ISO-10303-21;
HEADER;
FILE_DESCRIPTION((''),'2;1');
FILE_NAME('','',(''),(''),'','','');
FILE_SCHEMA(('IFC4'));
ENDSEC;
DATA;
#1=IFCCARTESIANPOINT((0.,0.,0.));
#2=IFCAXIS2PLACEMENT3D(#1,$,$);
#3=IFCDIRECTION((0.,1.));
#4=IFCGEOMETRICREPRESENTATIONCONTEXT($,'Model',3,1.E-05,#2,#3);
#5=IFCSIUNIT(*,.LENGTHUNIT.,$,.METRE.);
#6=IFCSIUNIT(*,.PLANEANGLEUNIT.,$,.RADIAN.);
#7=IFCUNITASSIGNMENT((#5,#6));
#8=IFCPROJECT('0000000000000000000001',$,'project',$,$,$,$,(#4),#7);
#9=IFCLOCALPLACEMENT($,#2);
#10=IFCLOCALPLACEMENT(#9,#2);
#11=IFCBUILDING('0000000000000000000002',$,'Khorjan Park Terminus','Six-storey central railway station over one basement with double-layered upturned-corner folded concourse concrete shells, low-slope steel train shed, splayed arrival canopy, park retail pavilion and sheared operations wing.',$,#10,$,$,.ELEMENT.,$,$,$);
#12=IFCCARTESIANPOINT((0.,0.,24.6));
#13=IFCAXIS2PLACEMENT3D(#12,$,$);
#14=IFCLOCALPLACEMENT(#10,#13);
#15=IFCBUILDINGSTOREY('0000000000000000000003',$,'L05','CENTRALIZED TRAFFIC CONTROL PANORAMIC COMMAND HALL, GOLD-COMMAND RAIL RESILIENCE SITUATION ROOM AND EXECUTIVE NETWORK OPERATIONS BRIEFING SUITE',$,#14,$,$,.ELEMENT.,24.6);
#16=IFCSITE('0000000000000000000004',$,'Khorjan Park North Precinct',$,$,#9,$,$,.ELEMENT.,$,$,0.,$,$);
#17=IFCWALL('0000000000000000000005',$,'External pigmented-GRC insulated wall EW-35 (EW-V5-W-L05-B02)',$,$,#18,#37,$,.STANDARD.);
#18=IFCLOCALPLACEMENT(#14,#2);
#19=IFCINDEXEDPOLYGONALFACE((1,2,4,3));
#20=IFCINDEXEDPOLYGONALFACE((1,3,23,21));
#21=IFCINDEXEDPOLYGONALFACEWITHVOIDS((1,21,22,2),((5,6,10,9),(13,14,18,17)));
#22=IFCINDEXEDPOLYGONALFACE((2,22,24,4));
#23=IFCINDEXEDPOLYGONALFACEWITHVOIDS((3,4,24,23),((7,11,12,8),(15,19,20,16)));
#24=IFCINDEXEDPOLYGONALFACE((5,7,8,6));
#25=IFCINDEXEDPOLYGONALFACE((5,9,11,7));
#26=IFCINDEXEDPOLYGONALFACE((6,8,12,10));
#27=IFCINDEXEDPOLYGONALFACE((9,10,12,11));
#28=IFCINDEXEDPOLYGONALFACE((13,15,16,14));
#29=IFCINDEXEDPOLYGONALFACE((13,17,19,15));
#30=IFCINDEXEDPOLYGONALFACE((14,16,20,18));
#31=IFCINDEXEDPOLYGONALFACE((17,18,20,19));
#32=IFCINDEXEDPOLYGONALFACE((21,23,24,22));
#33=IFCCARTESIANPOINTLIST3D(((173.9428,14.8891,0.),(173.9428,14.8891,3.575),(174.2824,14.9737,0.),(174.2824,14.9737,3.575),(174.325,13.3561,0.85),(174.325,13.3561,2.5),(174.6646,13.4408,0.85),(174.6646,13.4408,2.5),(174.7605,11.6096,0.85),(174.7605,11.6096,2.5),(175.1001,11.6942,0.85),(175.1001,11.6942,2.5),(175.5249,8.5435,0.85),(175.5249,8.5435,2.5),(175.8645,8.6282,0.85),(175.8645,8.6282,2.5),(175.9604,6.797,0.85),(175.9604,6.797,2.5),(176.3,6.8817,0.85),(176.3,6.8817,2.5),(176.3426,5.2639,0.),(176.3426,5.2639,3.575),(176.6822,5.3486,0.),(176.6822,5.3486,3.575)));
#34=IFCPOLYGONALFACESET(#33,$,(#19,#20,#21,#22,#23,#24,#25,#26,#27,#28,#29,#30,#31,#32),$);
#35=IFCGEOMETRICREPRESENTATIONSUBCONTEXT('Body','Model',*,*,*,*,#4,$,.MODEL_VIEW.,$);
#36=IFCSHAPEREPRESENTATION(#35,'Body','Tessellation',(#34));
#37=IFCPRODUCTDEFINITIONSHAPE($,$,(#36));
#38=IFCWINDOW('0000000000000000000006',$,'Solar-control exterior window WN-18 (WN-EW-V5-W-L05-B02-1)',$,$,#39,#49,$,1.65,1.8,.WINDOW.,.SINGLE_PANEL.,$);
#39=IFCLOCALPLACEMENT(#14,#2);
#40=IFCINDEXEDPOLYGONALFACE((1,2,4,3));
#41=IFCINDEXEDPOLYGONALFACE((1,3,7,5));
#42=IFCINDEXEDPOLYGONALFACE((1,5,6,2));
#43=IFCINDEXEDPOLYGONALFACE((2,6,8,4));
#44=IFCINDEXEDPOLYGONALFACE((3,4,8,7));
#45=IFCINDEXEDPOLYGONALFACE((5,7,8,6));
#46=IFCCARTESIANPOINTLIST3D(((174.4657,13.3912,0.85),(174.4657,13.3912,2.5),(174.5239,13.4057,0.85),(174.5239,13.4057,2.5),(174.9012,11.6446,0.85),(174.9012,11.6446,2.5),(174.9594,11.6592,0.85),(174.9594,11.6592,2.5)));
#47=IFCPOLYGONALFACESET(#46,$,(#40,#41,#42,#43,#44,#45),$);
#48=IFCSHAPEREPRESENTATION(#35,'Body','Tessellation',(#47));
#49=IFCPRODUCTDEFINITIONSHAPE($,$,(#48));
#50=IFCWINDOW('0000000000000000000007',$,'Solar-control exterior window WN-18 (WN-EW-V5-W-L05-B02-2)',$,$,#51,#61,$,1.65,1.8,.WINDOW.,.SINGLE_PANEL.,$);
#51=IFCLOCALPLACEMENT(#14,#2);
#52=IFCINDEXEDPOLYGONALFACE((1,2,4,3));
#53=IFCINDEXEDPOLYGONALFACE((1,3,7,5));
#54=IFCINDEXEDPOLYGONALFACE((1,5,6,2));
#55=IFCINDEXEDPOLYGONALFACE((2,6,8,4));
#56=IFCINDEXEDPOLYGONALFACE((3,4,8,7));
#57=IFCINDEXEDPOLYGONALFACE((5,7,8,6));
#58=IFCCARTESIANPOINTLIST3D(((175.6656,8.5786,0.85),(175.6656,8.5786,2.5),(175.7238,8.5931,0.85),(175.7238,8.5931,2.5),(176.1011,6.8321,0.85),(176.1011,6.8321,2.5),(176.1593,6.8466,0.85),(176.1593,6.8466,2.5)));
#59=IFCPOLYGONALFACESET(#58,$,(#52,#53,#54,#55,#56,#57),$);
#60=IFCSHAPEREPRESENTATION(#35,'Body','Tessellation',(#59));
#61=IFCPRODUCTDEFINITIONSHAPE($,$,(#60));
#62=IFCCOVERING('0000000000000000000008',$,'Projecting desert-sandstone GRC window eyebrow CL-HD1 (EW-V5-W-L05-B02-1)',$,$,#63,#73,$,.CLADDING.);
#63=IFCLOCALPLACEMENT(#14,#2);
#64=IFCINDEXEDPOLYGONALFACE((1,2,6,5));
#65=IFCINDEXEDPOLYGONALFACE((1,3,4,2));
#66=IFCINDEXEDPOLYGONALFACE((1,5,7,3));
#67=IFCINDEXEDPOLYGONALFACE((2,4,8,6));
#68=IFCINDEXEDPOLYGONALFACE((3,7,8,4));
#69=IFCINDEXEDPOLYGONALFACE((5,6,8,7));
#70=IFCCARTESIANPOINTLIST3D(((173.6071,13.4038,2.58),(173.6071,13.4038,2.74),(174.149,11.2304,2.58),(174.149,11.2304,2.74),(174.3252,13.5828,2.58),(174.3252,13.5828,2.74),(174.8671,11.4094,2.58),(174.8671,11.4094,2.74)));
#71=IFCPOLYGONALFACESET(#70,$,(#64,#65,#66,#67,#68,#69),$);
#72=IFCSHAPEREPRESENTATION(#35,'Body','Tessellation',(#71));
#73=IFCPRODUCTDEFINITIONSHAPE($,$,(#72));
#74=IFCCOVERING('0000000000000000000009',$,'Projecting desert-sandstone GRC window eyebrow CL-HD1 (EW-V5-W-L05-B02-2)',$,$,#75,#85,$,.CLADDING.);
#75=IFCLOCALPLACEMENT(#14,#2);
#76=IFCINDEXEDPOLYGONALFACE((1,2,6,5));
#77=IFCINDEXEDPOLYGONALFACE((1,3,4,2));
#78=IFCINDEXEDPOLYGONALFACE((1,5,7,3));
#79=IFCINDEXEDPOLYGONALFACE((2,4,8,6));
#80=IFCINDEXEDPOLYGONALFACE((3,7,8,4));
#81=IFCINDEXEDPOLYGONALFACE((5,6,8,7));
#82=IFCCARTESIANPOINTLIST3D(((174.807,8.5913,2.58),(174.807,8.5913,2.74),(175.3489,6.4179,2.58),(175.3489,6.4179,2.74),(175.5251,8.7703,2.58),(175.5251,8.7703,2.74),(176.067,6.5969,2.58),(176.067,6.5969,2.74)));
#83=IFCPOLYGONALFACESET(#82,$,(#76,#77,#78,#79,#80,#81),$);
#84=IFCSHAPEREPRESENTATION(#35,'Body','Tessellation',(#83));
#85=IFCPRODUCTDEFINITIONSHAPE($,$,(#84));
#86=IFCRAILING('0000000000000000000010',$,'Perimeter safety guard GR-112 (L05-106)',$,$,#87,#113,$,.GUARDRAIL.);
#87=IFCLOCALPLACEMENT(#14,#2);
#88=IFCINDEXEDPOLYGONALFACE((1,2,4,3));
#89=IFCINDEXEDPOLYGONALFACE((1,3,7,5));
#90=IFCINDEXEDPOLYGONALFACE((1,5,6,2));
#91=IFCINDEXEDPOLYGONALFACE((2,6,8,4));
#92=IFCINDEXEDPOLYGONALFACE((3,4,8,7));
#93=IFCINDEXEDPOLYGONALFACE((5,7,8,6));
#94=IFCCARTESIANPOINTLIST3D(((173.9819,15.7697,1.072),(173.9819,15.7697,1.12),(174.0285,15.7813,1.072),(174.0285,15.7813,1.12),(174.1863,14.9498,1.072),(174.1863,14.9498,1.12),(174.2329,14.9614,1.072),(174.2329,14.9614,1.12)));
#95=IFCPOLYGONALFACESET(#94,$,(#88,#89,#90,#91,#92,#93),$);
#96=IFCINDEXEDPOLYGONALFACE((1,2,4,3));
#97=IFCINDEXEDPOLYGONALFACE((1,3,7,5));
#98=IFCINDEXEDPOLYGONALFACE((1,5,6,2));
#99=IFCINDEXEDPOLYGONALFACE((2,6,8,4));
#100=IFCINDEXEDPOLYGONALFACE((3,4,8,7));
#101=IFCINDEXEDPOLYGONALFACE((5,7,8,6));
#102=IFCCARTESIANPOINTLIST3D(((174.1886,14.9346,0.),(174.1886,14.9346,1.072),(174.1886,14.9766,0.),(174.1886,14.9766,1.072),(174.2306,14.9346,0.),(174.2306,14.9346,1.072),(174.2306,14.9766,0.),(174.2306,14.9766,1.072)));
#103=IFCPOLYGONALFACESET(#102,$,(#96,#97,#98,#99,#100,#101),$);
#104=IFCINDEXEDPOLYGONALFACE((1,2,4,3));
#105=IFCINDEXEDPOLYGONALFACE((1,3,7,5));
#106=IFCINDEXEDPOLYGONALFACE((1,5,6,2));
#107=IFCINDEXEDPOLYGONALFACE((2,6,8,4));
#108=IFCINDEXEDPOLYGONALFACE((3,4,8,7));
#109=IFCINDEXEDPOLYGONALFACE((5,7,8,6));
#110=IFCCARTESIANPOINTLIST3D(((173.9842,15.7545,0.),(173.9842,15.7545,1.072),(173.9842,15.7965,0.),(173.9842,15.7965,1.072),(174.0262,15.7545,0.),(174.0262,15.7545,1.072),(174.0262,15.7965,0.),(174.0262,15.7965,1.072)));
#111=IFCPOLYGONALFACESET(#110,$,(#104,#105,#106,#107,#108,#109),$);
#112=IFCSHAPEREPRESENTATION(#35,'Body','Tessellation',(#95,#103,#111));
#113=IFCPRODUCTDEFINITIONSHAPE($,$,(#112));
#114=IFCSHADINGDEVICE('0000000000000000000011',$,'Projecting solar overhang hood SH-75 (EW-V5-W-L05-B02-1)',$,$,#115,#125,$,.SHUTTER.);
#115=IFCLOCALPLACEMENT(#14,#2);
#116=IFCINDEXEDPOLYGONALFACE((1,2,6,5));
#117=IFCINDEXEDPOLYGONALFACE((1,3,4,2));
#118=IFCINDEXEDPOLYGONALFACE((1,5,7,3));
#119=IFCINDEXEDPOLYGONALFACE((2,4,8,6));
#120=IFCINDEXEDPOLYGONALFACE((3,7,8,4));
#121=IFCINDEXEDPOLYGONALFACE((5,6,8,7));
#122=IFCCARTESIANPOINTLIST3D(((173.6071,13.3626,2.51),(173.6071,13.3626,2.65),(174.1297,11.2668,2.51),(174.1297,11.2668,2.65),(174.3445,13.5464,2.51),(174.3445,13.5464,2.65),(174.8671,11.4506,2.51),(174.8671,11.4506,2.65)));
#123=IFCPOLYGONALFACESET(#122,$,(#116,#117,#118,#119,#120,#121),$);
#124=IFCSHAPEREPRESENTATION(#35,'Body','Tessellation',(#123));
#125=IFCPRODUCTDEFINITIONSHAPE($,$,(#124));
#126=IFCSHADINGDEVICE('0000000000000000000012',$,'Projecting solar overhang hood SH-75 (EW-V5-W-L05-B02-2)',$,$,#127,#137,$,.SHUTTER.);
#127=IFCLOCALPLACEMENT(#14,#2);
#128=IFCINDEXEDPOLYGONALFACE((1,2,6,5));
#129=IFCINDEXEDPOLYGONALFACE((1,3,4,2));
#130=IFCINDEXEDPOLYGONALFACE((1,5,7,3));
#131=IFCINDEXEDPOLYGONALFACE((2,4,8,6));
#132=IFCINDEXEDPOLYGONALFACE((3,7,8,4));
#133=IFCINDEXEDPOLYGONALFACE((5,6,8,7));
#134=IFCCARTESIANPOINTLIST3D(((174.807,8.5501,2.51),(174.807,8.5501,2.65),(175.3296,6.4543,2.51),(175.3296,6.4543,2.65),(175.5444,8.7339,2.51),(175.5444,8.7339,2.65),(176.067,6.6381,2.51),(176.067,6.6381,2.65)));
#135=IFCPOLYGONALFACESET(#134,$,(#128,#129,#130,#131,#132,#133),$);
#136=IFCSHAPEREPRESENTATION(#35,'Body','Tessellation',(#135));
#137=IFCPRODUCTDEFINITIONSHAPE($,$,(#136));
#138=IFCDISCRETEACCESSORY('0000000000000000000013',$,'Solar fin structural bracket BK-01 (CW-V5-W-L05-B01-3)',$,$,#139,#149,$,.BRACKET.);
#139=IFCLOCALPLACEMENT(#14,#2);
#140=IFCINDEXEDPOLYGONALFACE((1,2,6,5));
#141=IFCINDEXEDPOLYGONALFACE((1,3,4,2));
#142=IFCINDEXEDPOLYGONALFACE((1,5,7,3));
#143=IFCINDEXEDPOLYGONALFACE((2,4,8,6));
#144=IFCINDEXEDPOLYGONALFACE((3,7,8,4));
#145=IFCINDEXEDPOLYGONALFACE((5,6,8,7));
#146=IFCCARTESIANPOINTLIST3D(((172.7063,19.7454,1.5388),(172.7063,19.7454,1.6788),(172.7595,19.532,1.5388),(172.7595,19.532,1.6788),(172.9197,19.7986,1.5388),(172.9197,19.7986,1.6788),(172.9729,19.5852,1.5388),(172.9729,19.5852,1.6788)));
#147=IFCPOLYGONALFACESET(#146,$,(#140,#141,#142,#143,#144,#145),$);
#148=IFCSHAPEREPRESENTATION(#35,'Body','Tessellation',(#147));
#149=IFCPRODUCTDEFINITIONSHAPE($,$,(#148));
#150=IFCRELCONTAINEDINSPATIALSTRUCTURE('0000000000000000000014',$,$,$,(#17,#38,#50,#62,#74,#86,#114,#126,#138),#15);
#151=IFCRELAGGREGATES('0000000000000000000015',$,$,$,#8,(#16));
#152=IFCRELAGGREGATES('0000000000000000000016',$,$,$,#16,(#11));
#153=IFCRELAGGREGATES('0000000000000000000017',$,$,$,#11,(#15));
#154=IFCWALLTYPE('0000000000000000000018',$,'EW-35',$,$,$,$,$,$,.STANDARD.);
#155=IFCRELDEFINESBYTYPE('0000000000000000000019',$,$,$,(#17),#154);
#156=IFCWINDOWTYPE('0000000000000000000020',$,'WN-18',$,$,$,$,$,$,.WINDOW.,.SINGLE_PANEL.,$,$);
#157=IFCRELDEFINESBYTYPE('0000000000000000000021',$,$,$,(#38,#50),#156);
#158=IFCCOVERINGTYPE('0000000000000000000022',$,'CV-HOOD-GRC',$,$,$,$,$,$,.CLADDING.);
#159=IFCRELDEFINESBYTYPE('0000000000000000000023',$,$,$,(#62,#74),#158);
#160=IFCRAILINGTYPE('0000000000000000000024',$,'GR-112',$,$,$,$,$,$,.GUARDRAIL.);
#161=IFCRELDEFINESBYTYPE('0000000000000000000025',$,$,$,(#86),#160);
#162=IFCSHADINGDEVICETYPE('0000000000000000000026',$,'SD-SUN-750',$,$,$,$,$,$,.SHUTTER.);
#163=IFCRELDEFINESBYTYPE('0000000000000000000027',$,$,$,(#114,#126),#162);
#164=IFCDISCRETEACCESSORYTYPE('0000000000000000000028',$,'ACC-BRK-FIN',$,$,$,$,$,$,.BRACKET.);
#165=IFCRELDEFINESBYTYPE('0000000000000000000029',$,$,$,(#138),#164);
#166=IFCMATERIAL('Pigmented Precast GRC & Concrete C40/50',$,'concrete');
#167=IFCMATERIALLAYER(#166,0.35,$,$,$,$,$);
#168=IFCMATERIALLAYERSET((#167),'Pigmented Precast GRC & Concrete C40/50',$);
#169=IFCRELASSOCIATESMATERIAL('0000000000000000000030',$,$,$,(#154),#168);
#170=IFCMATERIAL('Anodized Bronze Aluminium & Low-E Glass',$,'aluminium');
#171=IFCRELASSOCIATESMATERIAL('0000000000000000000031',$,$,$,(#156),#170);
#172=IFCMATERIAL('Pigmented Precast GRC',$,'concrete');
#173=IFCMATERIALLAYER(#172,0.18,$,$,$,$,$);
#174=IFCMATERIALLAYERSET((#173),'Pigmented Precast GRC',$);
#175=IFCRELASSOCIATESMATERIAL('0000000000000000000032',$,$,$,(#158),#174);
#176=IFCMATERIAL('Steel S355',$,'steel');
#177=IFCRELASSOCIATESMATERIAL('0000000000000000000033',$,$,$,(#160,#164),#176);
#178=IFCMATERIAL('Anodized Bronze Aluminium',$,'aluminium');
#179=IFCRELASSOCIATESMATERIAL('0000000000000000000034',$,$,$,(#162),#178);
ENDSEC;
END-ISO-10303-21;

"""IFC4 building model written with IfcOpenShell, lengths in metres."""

from ifc_helpers import new_model, si_unit, direction, frame, frame_2d, origin, origin_2d, place, context, subcontext, project, spatial, rectangle, extrude, material, layer, layer_set, type_object, element, fill, save


model = new_model("IFC4")

# Units and contexts
model_context = context("Model", 3, precision=1e-05, world=origin(), true_north=direction((0.0, 1.0)))
body_context = subcontext(model_context, "Body", "Model", "MODEL_VIEW")
ifc_project = project(units=[si_unit("LENGTHUNIT", "METRE"), si_unit("PLANEANGLEUNIT", "RADIAN")], contexts=[model_context])

# Site, building, storey
site_placement = place(None, origin())
site = spatial("IfcSite", under=ifc_project, at=site_placement, Name="Khorjan Park North Precinct", CompositionType="ELEMENT", RefElevation=0.0)
building_placement = place(site_placement, origin())
building = spatial("IfcBuilding", under=site, at=building_placement, Name="Khorjan Park Terminus", Description="Six-storey central railway station over one basement with double-layered upturned-corner folded concourse concrete shells, low-slope steel train shed, splayed arrival canopy, park retail pavilion and sheared operations wing.", CompositionType="ELEMENT")
storey_placement = place(building_placement, frame((0.0, 0.0, 24.6)))
storey = spatial("IfcBuildingStorey", under=building, at=storey_placement, Name="L05", Description="CENTRALIZED TRAFFIC CONTROL PANORAMIC COMMAND HALL, GOLD-COMMAND RAIL RESILIENCE SITUATION ROOM AND EXECUTIVE NETWORK OPERATIONS BRIEFING SUITE", CompositionType="ELEMENT", Elevation=24.6)

# Shared definitions
ifc_material_1 = material(Name="Steel S355", Category="steel")

# Shared definitions
ifc_material_2 = material(Name="Anodized Bronze Aluminium", Category="aluminium")

# Wall, openings, windows
ifc_material_3 = material(Name="Pigmented Precast GRC & Concrete C40/50", Category="concrete")
ifc_layer_1 = layer(ifc_material_3, 0.35)
ifc_layer_set_1 = layer_set([ifc_layer_1], Name="Pigmented Precast GRC & Concrete C40/50")
wall_type = type_object("IfcWallType", Name="EW-35", PredefinedType="STANDARD", material=ifc_layer_set_1)
wall_placement = place(storey_placement, frame((174.1126, 14.9314, 0.0), z_axis=(0.0, 0.0, 1.0), x_axis=(0.241921, -0.970296, 0.0)))
wall = element("IfcWall", 1, at=wall_placement, inside=storey, type_object=wall_type, Name="External pigmented-GRC insulated wall EW-35 (EW-V5-W-L05-B02)", PredefinedType="STANDARD", context=body_context, shape_type="SweptSolid", body=[
    extrude(rectangle(XDim=9.9198, YDim=0.35, at=frame_2d((4.9599, 0.0))), origin(), (0.0, 0.0, 1.0), 3.575),
])
opening_1_placement = place(wall_placement, frame((1.5799, 0.0, 0.85)))
opening_1 = element("IfcOpeningElement", 2, at=opening_1_placement, cuts=wall, PredefinedType="OPENING", context=body_context, shape_type="SweptSolid", body=[
    extrude(rectangle(XDim=1.8, YDim=1.65, at=frame_2d((0.9, 0.825))), frame((0.0, 0.185, 0.0), z_axis=(0.0, -1.0, 0.0), x_axis=(1.0, 0.0, 0.0)), (0.0, 0.0, 1.0), 0.37),
])
opening_2_placement = place(wall_placement, frame((6.5398, 0.0, 0.85)))
opening_2 = element("IfcOpeningElement", 3, at=opening_2_placement, cuts=wall, PredefinedType="OPENING", context=body_context, shape_type="SweptSolid", body=[
    extrude(rectangle(XDim=1.8, YDim=1.65, at=frame_2d((0.9, 0.825))), frame((0.0, 0.185, 0.0), z_axis=(0.0, -1.0, 0.0), x_axis=(1.0, 0.0, 0.0)), (0.0, 0.0, 1.0), 0.37),
])
ifc_material_4 = material(Name="Anodized Bronze Aluminium & Low-E Glass", Category="aluminium")
window_type = type_object("IfcWindowType", Name="WN-18", PartitioningType="SINGLE_PANEL", PredefinedType="WINDOW", material=ifc_material_4)
window_1_placement = place(opening_1_placement, origin())
window_1 = element("IfcWindow", 4, at=window_1_placement, inside=storey, type_object=window_type, Name="Solar-control exterior window WN-18 (WN-EW-V5-W-L05-B02-1)", OverallHeight=1.65, OverallWidth=1.8, PartitioningType="SINGLE_PANEL", PredefinedType="WINDOW", context=body_context, shape_type="SweptSolid", body=[
    extrude(rectangle(XDim=1.8, YDim=1.65, at=frame_2d((0.9, 0.825))), frame((0.0, 0.03, 0.0), z_axis=(0.0, -1.0, 0.0), x_axis=(1.0, 0.0, 0.0)), (0.0, 0.0, 1.0), 0.06),
])
fill(opening_1, window_1)
window_2_placement = place(opening_2_placement, origin())
window_2 = element("IfcWindow", 5, at=window_2_placement, inside=storey, type_object=window_type, Name="Solar-control exterior window WN-18 (WN-EW-V5-W-L05-B02-2)", OverallHeight=1.65, OverallWidth=1.8, PartitioningType="SINGLE_PANEL", PredefinedType="WINDOW", context=body_context, shape_type="SweptSolid", body=[
    extrude(rectangle(XDim=1.8, YDim=1.65, at=frame_2d((0.9, 0.825))), frame((0.0, 0.03, 0.0), z_axis=(0.0, -1.0, 0.0), x_axis=(1.0, 0.0, 0.0)), (0.0, 0.0, 1.0), 0.06),
])
fill(opening_2, window_2)

# Coverings
ifc_material_5 = material(Name="Pigmented Precast GRC", Category="concrete")
ifc_layer_2 = layer(ifc_material_5, 0.18)
ifc_layer_set_2 = layer_set([ifc_layer_2], Name="Pigmented Precast GRC")
covering_type = type_object("IfcCoveringType", Name="CV-HOOD-GRC", PredefinedType="CLADDING", material=ifc_layer_set_2)
for number, where, z_axis, x_axis, name in (
    (6, (174.2371, 12.4066, 2.58), (0.0, 0.0, 1.0), (0.241921, -0.970296, 0.0), "Projecting desert-sandstone GRC window eyebrow CL-HD1 (EW-V5-W-L05-B02-1)"),
    (7, (175.437, 7.5941, 2.58), (0.0, 0.0, 1.0), (0.241921, -0.970296, 0.0), "Projecting desert-sandstone GRC window eyebrow CL-HD1 (EW-V5-W-L05-B02-2)"),
):
    element("IfcCovering", number, at=place(storey_placement, frame(where, z_axis=z_axis, x_axis=x_axis)), inside=storey, type_object=covering_type, Name=name, PredefinedType="CLADDING", context=body_context, shape_type="SweptSolid", body=[
        extrude(rectangle(XDim=2.24, YDim=0.74, at=origin_2d()), origin(), (0.0, 0.0, 1.0), 0.16),
    ])

# Railing
railing_type = type_object("IfcRailingType", Name="GR-112", PredefinedType="GUARDRAIL", material=ifc_material_1)
railing_placement = place(storey_placement, frame((174.2096, 14.9556, 0.0)))
element("IfcRailing", 8, at=railing_placement, inside=storey, type_object=railing_type, Name="Perimeter safety guard GR-112 (L05-106)", PredefinedType="GUARDRAIL", context=body_context, shape_type="SweptSolid", body=[
    extrude(rectangle(XDim=0.048, YDim=0.048, at=origin_2d()), frame((0.0, 0.0, 1.096), z_axis=(-0.241895, 0.970302, 0.0), x_axis=(-0.970302, -0.241895, 0.0)), (0.0, 0.0, 1.0), 0.845),
    extrude(rectangle(XDim=0.042, YDim=0.042, at=origin_2d()), origin(), (0.0, 0.0, 1.0), 1.072),
    extrude(rectangle(XDim=0.042, YDim=0.042, at=origin_2d()), frame((-0.2044, 0.8199, 0.0)), (0.0, 0.0, 1.0), 1.072),
])

# Shading devices
shading_device_type = type_object("IfcShadingDeviceType", Name="SD-SUN-750", PredefinedType="SHUTTER", material=ifc_material_2)
for number, where, z_axis, x_axis, name in (
    (9, (174.2371, 12.4066, 2.51), (0.0, 0.0, 1.0), (0.241921, -0.970296, 0.0), "Projecting solar overhang hood SH-75 (EW-V5-W-L05-B02-1)"),
    (10, (175.437, 7.5941, 2.51), (0.0, 0.0, 1.0), (0.241921, -0.970296, 0.0), "Projecting solar overhang hood SH-75 (EW-V5-W-L05-B02-2)"),
):
    element("IfcShadingDevice", number, at=place(storey_placement, frame(where, z_axis=z_axis, x_axis=x_axis)), inside=storey, type_object=shading_device_type, Name=name, PredefinedType="SHUTTER", context=body_context, shape_type="SweptSolid", body=[
        extrude(rectangle(XDim=2.16, YDim=0.76, at=origin_2d()), origin(), (0.0, 0.0, 1.0), 0.14),
    ])

# Discrete accessory
discrete_accessory_type = type_object("IfcDiscreteAccessoryType", Name="ACC-BRK-FIN", PredefinedType="BRACKET", material=ifc_material_1)
discrete_accessory_placement = place(storey_placement, frame((172.8396, 19.6653, 1.5388), z_axis=(0.0, 0.0, 1.0), x_axis=(0.241928, -0.970294, 0.0)))
element("IfcDiscreteAccessory", 11, at=discrete_accessory_placement, inside=storey, type_object=discrete_accessory_type, Name="Solar fin structural bracket BK-01 (CW-V5-W-L05-B01-3)", PredefinedType="BRACKET", context=body_context, shape_type="SweptSolid", body=[
    extrude(rectangle(XDim=0.22, YDim=0.22, at=origin_2d()), origin(), (0.0, 0.0, 1.0), 0.14),
])

save(model, "model.ifc")
